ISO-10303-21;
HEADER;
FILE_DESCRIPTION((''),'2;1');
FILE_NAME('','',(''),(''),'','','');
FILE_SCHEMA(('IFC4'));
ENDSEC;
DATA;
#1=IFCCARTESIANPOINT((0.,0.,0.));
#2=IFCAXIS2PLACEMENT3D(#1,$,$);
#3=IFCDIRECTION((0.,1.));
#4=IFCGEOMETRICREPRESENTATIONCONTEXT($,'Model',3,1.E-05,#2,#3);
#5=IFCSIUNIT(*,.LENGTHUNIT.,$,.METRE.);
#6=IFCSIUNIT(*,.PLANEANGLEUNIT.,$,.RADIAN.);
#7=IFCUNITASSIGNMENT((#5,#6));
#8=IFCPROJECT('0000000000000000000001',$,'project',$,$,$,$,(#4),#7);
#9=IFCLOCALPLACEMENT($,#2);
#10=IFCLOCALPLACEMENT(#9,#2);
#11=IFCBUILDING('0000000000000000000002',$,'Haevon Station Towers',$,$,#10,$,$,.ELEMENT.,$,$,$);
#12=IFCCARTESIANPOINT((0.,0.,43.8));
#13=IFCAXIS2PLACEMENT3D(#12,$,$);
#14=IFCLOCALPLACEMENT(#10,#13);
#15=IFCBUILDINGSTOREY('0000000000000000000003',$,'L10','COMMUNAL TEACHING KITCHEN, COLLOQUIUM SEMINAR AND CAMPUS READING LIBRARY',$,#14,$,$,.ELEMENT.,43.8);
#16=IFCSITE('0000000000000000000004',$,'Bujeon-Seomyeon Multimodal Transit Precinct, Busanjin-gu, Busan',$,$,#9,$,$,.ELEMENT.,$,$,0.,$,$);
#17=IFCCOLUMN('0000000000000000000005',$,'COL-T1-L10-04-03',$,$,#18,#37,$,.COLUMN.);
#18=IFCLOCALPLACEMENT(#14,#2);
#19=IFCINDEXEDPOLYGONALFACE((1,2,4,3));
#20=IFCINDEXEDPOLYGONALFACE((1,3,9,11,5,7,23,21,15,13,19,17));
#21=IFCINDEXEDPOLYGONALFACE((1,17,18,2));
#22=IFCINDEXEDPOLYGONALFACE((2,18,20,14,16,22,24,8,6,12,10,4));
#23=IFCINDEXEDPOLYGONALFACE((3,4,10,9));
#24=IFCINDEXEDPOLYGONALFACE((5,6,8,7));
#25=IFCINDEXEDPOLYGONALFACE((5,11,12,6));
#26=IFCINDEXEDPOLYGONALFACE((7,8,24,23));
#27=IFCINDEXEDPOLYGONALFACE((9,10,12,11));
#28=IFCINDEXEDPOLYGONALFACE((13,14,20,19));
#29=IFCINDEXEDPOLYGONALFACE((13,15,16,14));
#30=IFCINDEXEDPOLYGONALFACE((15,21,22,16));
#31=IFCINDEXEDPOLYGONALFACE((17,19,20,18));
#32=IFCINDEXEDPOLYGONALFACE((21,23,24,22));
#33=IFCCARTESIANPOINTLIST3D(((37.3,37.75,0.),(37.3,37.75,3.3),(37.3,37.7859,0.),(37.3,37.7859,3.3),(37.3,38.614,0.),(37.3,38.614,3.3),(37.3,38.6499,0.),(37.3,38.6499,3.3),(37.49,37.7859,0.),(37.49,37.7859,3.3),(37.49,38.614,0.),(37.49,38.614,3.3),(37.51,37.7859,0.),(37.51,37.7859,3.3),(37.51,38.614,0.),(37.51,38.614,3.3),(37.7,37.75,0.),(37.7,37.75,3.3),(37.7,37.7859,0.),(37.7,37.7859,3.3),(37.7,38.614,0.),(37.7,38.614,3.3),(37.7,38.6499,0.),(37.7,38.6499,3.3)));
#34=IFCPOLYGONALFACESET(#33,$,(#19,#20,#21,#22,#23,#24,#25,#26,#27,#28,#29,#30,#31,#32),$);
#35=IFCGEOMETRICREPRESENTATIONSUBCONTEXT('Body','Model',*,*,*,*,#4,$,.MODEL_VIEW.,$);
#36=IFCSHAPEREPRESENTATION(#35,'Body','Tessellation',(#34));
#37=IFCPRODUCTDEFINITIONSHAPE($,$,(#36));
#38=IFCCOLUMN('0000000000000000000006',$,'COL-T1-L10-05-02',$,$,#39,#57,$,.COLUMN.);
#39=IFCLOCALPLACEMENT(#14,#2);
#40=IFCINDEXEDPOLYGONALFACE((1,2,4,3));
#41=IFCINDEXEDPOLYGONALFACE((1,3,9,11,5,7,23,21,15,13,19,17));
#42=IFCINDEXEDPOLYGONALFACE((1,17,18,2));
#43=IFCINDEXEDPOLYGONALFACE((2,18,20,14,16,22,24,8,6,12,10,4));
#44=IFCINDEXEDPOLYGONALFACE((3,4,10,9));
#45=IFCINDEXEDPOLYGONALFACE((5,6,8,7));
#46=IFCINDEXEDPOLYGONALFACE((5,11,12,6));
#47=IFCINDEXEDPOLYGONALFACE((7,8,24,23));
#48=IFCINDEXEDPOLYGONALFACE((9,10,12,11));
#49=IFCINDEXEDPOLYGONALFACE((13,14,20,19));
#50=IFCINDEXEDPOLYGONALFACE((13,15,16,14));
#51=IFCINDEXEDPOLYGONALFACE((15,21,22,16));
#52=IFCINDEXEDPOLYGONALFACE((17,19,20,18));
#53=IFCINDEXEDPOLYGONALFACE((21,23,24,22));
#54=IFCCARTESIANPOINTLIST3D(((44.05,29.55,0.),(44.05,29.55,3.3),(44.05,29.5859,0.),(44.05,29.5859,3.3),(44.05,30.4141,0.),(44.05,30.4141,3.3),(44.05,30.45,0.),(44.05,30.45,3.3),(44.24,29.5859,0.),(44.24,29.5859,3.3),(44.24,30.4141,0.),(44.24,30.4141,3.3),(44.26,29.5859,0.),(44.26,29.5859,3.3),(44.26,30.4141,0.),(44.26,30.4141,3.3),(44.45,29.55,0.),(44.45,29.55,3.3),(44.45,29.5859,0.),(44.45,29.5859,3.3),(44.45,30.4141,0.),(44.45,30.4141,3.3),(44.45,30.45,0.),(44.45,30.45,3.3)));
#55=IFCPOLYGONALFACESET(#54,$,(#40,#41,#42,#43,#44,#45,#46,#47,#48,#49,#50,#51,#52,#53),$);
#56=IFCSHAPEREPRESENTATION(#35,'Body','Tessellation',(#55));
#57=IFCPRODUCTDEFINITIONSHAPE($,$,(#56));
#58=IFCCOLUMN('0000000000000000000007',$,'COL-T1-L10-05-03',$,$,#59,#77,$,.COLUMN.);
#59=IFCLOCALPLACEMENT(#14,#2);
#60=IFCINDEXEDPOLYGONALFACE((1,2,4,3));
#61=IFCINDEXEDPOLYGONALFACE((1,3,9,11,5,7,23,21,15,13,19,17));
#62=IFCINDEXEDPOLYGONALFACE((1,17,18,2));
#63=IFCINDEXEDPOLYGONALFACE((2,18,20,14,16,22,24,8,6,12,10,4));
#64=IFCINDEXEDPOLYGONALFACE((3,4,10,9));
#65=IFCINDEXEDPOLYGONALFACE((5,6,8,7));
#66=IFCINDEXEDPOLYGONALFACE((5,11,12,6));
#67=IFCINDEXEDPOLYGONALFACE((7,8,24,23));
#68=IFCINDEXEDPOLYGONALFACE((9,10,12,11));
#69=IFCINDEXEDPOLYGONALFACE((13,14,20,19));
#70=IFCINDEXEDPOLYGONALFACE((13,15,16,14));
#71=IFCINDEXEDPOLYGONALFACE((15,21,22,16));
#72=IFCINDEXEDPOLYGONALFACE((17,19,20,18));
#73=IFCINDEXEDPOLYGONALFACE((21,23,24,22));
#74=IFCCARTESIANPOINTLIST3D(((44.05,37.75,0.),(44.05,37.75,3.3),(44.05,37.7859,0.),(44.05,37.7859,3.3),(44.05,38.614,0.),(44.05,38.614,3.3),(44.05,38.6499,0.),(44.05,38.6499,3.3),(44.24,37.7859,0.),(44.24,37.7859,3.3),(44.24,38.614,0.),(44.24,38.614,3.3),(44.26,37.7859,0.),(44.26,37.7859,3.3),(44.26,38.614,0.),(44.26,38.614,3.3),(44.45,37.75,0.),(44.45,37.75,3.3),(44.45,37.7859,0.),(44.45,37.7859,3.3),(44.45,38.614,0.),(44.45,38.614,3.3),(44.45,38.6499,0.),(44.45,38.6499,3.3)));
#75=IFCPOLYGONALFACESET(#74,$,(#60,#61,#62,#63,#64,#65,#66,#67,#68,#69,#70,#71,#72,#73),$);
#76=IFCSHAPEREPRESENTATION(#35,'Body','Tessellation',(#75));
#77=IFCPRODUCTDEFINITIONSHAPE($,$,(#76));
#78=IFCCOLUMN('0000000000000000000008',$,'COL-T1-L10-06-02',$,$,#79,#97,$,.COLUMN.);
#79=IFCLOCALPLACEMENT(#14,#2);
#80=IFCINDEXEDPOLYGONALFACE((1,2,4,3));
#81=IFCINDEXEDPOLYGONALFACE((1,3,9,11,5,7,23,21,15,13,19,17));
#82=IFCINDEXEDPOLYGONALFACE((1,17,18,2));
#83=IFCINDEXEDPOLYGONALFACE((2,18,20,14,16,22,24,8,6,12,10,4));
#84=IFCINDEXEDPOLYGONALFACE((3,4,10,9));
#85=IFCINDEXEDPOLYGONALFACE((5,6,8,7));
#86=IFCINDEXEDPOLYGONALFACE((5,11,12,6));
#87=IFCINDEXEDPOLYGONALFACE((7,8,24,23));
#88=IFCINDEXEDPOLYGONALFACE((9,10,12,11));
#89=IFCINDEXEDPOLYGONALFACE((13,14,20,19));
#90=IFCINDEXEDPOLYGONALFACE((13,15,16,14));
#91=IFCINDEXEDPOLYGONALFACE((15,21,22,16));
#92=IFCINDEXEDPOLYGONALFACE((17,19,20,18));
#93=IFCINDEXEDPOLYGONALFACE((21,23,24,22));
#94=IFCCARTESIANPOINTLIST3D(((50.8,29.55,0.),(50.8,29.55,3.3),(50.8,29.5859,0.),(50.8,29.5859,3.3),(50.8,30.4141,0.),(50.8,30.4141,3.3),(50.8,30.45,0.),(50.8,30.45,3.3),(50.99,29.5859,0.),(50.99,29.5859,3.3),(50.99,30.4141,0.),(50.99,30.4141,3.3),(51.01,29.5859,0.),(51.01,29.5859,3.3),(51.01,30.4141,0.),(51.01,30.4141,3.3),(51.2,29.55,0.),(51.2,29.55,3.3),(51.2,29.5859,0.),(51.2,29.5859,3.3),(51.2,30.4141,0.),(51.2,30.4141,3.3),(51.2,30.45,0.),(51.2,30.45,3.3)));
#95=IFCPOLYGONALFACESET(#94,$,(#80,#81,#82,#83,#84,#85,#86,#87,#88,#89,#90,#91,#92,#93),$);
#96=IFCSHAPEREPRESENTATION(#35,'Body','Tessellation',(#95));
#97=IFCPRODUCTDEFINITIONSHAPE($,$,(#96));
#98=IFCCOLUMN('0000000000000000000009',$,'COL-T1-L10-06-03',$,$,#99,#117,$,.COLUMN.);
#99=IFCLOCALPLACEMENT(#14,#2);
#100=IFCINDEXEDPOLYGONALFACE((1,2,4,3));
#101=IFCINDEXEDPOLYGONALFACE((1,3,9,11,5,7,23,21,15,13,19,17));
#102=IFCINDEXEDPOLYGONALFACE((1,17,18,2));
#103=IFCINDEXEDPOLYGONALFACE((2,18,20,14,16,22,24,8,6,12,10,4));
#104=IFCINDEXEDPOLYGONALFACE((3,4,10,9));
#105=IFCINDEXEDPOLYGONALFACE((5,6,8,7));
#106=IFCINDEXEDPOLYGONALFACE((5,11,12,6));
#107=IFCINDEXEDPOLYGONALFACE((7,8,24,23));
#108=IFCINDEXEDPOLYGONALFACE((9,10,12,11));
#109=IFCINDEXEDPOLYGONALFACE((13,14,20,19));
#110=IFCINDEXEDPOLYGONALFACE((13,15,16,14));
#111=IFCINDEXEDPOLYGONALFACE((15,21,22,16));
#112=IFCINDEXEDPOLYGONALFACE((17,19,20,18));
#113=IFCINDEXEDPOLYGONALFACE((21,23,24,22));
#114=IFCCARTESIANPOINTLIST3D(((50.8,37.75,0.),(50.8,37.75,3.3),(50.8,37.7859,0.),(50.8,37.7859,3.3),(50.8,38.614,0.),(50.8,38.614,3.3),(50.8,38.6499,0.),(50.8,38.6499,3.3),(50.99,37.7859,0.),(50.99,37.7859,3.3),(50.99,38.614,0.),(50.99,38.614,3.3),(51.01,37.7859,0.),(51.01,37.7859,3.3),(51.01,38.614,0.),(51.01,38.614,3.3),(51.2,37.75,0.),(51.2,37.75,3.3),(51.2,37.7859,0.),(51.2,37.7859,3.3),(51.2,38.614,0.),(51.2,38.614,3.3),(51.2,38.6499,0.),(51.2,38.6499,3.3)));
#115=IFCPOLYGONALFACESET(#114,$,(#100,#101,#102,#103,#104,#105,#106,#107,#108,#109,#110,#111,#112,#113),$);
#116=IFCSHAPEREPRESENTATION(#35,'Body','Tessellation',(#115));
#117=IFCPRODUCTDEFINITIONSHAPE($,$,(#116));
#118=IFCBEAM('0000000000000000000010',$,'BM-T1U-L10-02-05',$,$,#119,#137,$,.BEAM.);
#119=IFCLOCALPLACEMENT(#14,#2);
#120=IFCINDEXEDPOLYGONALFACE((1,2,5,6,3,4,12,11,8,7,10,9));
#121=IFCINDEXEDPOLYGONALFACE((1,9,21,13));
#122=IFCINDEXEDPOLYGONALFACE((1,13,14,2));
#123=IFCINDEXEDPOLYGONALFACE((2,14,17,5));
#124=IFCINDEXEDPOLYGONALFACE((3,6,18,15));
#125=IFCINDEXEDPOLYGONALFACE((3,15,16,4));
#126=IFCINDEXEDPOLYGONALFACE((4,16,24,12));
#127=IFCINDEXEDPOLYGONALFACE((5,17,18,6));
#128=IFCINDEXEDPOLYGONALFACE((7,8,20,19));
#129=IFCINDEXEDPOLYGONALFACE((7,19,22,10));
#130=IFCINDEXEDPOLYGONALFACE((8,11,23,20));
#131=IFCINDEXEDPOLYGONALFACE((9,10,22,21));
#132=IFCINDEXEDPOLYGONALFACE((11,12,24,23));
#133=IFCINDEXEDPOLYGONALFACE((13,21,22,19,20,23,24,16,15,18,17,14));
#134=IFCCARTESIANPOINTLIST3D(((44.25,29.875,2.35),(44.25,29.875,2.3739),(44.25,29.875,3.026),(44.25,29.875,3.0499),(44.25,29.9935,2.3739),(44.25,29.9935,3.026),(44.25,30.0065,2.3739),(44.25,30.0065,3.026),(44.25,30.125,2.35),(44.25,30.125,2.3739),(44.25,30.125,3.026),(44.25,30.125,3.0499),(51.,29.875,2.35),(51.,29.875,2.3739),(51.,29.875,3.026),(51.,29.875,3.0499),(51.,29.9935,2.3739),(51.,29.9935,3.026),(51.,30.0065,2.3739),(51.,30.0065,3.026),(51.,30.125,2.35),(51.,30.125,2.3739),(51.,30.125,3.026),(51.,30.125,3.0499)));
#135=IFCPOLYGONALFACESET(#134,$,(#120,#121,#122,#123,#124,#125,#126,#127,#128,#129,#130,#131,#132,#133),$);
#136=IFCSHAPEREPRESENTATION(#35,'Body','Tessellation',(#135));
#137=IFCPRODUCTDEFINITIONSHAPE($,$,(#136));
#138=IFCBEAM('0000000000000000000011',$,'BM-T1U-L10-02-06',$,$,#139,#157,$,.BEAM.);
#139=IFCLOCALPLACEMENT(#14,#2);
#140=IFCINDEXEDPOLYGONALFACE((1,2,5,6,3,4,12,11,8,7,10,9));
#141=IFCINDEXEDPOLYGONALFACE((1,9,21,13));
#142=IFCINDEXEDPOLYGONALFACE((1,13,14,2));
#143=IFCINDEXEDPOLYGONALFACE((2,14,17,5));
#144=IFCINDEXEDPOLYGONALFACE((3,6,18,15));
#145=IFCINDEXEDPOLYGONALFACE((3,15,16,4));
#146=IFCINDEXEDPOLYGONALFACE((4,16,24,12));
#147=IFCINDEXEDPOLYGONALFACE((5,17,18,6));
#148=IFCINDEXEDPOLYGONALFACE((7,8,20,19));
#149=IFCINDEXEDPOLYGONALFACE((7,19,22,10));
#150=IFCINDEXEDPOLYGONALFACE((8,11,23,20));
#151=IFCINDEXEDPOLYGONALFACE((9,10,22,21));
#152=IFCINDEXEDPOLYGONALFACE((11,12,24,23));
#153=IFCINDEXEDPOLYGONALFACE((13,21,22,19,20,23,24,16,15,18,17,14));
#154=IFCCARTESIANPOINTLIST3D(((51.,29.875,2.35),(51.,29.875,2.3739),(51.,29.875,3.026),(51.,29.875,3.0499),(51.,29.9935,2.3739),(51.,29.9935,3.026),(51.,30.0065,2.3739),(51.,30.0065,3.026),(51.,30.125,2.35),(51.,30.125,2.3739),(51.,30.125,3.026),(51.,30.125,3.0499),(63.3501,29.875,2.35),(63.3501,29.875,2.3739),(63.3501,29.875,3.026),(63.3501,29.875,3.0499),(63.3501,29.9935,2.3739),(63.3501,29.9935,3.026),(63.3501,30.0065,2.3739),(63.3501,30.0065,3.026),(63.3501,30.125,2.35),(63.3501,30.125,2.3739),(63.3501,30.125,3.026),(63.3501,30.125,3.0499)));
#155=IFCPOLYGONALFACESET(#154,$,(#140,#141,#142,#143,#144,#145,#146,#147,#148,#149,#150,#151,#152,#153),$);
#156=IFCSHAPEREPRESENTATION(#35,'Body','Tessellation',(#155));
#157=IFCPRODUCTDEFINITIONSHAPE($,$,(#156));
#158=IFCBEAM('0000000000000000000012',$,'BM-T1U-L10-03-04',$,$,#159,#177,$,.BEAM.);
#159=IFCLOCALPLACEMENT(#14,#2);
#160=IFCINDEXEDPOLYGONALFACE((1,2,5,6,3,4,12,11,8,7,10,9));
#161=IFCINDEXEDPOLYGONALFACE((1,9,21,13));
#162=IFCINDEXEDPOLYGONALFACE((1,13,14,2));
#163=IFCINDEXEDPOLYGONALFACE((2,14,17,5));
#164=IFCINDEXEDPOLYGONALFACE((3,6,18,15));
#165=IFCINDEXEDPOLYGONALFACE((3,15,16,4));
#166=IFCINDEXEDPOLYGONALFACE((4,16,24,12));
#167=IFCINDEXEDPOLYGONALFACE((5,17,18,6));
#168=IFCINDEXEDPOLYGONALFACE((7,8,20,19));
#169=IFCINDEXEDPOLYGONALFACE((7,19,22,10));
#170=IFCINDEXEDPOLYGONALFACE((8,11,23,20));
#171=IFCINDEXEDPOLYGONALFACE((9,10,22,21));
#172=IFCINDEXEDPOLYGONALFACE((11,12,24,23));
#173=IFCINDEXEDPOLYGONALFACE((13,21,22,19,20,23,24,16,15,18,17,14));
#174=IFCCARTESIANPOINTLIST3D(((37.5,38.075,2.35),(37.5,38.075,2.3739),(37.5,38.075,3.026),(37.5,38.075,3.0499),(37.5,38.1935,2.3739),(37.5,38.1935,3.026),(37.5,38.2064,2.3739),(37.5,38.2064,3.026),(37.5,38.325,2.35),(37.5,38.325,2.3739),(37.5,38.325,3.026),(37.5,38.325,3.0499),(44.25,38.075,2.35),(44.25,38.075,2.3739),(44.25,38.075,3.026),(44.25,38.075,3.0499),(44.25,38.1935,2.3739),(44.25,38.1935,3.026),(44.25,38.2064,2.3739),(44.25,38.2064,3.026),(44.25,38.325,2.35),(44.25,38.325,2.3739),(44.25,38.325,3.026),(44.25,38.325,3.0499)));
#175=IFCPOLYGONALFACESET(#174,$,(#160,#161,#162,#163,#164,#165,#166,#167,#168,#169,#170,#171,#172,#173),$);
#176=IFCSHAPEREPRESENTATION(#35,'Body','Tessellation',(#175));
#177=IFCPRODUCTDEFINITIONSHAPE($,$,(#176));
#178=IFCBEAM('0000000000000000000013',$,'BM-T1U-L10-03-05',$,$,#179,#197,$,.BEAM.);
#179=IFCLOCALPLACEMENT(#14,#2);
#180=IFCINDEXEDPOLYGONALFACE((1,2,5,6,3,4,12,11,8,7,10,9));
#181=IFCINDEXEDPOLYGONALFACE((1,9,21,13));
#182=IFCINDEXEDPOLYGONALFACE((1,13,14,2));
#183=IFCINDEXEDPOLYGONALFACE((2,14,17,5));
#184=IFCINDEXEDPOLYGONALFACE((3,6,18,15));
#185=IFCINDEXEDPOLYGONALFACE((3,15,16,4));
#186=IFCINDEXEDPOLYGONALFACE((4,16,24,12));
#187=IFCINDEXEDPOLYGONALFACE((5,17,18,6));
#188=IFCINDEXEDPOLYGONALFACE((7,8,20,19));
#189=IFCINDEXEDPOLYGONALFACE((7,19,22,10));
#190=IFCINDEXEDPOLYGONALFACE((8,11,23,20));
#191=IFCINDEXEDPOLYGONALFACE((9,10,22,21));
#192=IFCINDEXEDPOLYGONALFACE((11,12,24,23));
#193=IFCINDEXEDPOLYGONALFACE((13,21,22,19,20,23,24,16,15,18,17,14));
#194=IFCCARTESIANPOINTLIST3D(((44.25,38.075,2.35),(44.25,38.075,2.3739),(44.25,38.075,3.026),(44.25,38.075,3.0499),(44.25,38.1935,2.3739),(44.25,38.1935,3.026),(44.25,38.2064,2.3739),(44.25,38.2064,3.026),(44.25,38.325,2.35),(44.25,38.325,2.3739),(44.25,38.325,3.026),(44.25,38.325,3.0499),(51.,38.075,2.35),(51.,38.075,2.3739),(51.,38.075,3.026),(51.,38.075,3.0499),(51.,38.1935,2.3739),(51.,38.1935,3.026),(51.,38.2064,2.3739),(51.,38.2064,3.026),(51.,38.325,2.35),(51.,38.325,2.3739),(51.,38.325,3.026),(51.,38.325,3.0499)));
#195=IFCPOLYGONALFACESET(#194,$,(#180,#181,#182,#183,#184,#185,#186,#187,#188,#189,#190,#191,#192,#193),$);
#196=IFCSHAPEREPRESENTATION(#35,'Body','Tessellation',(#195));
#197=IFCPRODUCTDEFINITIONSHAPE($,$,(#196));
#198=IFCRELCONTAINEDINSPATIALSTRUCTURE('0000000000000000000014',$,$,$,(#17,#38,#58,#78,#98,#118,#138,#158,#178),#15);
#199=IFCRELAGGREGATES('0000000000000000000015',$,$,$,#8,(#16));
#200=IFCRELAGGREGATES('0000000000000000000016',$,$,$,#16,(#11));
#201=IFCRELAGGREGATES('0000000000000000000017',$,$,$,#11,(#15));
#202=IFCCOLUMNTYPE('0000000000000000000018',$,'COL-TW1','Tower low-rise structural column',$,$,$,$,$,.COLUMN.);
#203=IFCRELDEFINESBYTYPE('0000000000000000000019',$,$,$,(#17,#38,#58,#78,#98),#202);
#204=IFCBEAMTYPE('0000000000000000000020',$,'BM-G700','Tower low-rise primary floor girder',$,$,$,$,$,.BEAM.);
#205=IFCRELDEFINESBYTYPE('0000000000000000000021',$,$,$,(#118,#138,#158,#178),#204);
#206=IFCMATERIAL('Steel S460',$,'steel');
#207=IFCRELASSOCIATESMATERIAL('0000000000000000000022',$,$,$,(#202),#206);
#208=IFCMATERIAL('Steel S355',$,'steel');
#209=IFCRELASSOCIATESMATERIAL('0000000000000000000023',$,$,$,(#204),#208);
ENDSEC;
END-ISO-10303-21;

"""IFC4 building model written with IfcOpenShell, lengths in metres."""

from ifc_helpers import new_model, si_unit, direction, frame, origin, origin_2d, place, context, subcontext, project, spatial, i_section, extrude, material, material_profile, profile_set, type_object, element, save


model = new_model("IFC4")

# Units and contexts
model_context = context("Model", 3, precision=1e-05, world=origin(), true_north=direction((0.0, 1.0)))
body_context = subcontext(model_context, "Body", "Model", "MODEL_VIEW")
ifc_project = project(units=[si_unit("LENGTHUNIT", "METRE"), si_unit("PLANEANGLEUNIT", "RADIAN")], contexts=[model_context])

# Site, building, storey
site_placement = place(None, origin())
site = spatial("IfcSite", under=ifc_project, at=site_placement, Name="Bujeon-Seomyeon Multimodal Transit Precinct, Busanjin-gu, Busan", CompositionType="ELEMENT", RefElevation=0.0)
building_placement = place(site_placement, origin())
building = spatial("IfcBuilding", under=site, at=building_placement, Name="Haevon Station Towers", CompositionType="ELEMENT")
storey_placement = place(building_placement, frame((0.0, 0.0, 43.8)))
storey = spatial("IfcBuildingStorey", under=building, at=storey_placement, Name="L10", Description="COMMUNAL TEACHING KITCHEN, COLLOQUIUM SEMINAR AND CAMPUS READING LIBRARY", CompositionType="ELEMENT", Elevation=43.8)

# Columns
ifc_material_1 = material(Name="Steel S460", Category="steel")
ifc_material_profile_1 = material_profile(ifc_material_1, i_section(OverallWidth=0.3999, OverallDepth=0.8999, WebThickness=0.02, FlangeThickness=0.0359, at=origin_2d()), Name="H-900x400x20x36")
ifc_profile_set_1 = profile_set([ifc_material_profile_1], Name="Steel S460")
column_type = type_object("IfcColumnType", Name="COL-TW1", Description="Tower low-rise structural column", PredefinedType="COLUMN", material=ifc_profile_set_1)
for number, where, z_axis, x_axis, name in (
    (1, (37.5, 38.2, 0.0), (0.0, 0.0, 1.0), (1.0, 0.0, 0.0), "COL-T1-L10-04-03"),
    (2, (44.25, 30.0, 0.0), (0.0, 0.0, 1.0), (1.0, 0.0, 0.0), "COL-T1-L10-05-02"),
    (3, (44.25, 38.2, 0.0), (0.0, 0.0, 1.0), (1.0, 0.0, 0.0), "COL-T1-L10-05-03"),
    (4, (51.0, 30.0, 0.0), (0.0, 0.0, 1.0), (1.0, 0.0, 0.0), "COL-T1-L10-06-02"),
    (5, (51.0, 38.2, 0.0), (0.0, 0.0, 1.0), (1.0, 0.0, 0.0), "COL-T1-L10-06-03"),
):
    element("IfcColumn", number, at=place(storey_placement, frame(where, z_axis=z_axis, x_axis=x_axis)), inside=storey, type_object=column_type, Name=name, PredefinedType="COLUMN", context=body_context, shape_type="SweptSolid", body=[
        extrude(i_section(OverallWidth=0.3999, OverallDepth=0.8999, WebThickness=0.02, FlangeThickness=0.0359, at=origin_2d()), origin(), (0.0, 0.0, 1.0), 3.3),
    ])

# Beams
ifc_material_2 = material(Name="Steel S355", Category="steel")
ifc_material_profile_2 = material_profile(ifc_material_2, i_section(OverallWidth=0.25, OverallDepth=0.7, WebThickness=0.0129, FlangeThickness=0.0239, at=origin_2d()), Name="H-700x250x13x24")
ifc_profile_set_2 = profile_set([ifc_material_profile_2], Name="Steel S355")
beam_type_1 = type_object("IfcBeamType", Name="BM-G700", Description="Tower low-rise primary floor girder", PredefinedType="BEAM", material=ifc_profile_set_2)
beam_1_placement = place(storey_placement, frame((44.25, 30.0, 2.7), z_axis=(1.0, 0.0, 0.0), x_axis=(0.0, 1.0, 0.0)))
element("IfcBeam", 6, at=beam_1_placement, inside=storey, type_object=beam_type_1, Name="BM-T1U-L10-02-05", PredefinedType="BEAM", context=body_context, shape_type="SweptSolid", body=[
    extrude(i_section(OverallWidth=0.25, OverallDepth=0.7, WebThickness=0.0129, FlangeThickness=0.0239, at=origin_2d()), origin(), (0.0, 0.0, 1.0), 6.75),
])
beam_2_placement = place(storey_placement, frame((51.0, 30.0, 2.7), z_axis=(1.0, 0.0, 0.0), x_axis=(0.0, 1.0, 0.0)))
element("IfcBeam", 7, at=beam_2_placement, inside=storey, type_object=beam_type_1, Name="BM-T1U-L10-02-06", PredefinedType="BEAM", context=body_context, shape_type="SweptSolid", body=[
    extrude(i_section(OverallWidth=0.25, OverallDepth=0.7, WebThickness=0.0129, FlangeThickness=0.0239, at=origin_2d()), origin(), (0.0, 0.0, 1.0), 12.3501),
])
for number, where, z_axis, x_axis, name in (
    (8, (37.5, 38.2, 2.7), (1.0, 0.0, 0.0), (0.0, 1.0, 0.0), "BM-T1U-L10-03-04"),
    (9, (44.25, 38.2, 2.7), (1.0, 0.0, 0.0), (0.0, 1.0, 0.0), "BM-T1U-L10-03-05"),
):
    element("IfcBeam", number, at=place(storey_placement, frame(where, z_axis=z_axis, x_axis=x_axis)), inside=storey, type_object=beam_type_1, Name=name, PredefinedType="BEAM", context=body_context, shape_type="SweptSolid", body=[
        extrude(i_section(OverallWidth=0.25, OverallDepth=0.7, WebThickness=0.0129, FlangeThickness=0.0239, at=origin_2d()), origin(), (0.0, 0.0, 1.0), 6.75),
    ])

save(model, "model.ifc")
